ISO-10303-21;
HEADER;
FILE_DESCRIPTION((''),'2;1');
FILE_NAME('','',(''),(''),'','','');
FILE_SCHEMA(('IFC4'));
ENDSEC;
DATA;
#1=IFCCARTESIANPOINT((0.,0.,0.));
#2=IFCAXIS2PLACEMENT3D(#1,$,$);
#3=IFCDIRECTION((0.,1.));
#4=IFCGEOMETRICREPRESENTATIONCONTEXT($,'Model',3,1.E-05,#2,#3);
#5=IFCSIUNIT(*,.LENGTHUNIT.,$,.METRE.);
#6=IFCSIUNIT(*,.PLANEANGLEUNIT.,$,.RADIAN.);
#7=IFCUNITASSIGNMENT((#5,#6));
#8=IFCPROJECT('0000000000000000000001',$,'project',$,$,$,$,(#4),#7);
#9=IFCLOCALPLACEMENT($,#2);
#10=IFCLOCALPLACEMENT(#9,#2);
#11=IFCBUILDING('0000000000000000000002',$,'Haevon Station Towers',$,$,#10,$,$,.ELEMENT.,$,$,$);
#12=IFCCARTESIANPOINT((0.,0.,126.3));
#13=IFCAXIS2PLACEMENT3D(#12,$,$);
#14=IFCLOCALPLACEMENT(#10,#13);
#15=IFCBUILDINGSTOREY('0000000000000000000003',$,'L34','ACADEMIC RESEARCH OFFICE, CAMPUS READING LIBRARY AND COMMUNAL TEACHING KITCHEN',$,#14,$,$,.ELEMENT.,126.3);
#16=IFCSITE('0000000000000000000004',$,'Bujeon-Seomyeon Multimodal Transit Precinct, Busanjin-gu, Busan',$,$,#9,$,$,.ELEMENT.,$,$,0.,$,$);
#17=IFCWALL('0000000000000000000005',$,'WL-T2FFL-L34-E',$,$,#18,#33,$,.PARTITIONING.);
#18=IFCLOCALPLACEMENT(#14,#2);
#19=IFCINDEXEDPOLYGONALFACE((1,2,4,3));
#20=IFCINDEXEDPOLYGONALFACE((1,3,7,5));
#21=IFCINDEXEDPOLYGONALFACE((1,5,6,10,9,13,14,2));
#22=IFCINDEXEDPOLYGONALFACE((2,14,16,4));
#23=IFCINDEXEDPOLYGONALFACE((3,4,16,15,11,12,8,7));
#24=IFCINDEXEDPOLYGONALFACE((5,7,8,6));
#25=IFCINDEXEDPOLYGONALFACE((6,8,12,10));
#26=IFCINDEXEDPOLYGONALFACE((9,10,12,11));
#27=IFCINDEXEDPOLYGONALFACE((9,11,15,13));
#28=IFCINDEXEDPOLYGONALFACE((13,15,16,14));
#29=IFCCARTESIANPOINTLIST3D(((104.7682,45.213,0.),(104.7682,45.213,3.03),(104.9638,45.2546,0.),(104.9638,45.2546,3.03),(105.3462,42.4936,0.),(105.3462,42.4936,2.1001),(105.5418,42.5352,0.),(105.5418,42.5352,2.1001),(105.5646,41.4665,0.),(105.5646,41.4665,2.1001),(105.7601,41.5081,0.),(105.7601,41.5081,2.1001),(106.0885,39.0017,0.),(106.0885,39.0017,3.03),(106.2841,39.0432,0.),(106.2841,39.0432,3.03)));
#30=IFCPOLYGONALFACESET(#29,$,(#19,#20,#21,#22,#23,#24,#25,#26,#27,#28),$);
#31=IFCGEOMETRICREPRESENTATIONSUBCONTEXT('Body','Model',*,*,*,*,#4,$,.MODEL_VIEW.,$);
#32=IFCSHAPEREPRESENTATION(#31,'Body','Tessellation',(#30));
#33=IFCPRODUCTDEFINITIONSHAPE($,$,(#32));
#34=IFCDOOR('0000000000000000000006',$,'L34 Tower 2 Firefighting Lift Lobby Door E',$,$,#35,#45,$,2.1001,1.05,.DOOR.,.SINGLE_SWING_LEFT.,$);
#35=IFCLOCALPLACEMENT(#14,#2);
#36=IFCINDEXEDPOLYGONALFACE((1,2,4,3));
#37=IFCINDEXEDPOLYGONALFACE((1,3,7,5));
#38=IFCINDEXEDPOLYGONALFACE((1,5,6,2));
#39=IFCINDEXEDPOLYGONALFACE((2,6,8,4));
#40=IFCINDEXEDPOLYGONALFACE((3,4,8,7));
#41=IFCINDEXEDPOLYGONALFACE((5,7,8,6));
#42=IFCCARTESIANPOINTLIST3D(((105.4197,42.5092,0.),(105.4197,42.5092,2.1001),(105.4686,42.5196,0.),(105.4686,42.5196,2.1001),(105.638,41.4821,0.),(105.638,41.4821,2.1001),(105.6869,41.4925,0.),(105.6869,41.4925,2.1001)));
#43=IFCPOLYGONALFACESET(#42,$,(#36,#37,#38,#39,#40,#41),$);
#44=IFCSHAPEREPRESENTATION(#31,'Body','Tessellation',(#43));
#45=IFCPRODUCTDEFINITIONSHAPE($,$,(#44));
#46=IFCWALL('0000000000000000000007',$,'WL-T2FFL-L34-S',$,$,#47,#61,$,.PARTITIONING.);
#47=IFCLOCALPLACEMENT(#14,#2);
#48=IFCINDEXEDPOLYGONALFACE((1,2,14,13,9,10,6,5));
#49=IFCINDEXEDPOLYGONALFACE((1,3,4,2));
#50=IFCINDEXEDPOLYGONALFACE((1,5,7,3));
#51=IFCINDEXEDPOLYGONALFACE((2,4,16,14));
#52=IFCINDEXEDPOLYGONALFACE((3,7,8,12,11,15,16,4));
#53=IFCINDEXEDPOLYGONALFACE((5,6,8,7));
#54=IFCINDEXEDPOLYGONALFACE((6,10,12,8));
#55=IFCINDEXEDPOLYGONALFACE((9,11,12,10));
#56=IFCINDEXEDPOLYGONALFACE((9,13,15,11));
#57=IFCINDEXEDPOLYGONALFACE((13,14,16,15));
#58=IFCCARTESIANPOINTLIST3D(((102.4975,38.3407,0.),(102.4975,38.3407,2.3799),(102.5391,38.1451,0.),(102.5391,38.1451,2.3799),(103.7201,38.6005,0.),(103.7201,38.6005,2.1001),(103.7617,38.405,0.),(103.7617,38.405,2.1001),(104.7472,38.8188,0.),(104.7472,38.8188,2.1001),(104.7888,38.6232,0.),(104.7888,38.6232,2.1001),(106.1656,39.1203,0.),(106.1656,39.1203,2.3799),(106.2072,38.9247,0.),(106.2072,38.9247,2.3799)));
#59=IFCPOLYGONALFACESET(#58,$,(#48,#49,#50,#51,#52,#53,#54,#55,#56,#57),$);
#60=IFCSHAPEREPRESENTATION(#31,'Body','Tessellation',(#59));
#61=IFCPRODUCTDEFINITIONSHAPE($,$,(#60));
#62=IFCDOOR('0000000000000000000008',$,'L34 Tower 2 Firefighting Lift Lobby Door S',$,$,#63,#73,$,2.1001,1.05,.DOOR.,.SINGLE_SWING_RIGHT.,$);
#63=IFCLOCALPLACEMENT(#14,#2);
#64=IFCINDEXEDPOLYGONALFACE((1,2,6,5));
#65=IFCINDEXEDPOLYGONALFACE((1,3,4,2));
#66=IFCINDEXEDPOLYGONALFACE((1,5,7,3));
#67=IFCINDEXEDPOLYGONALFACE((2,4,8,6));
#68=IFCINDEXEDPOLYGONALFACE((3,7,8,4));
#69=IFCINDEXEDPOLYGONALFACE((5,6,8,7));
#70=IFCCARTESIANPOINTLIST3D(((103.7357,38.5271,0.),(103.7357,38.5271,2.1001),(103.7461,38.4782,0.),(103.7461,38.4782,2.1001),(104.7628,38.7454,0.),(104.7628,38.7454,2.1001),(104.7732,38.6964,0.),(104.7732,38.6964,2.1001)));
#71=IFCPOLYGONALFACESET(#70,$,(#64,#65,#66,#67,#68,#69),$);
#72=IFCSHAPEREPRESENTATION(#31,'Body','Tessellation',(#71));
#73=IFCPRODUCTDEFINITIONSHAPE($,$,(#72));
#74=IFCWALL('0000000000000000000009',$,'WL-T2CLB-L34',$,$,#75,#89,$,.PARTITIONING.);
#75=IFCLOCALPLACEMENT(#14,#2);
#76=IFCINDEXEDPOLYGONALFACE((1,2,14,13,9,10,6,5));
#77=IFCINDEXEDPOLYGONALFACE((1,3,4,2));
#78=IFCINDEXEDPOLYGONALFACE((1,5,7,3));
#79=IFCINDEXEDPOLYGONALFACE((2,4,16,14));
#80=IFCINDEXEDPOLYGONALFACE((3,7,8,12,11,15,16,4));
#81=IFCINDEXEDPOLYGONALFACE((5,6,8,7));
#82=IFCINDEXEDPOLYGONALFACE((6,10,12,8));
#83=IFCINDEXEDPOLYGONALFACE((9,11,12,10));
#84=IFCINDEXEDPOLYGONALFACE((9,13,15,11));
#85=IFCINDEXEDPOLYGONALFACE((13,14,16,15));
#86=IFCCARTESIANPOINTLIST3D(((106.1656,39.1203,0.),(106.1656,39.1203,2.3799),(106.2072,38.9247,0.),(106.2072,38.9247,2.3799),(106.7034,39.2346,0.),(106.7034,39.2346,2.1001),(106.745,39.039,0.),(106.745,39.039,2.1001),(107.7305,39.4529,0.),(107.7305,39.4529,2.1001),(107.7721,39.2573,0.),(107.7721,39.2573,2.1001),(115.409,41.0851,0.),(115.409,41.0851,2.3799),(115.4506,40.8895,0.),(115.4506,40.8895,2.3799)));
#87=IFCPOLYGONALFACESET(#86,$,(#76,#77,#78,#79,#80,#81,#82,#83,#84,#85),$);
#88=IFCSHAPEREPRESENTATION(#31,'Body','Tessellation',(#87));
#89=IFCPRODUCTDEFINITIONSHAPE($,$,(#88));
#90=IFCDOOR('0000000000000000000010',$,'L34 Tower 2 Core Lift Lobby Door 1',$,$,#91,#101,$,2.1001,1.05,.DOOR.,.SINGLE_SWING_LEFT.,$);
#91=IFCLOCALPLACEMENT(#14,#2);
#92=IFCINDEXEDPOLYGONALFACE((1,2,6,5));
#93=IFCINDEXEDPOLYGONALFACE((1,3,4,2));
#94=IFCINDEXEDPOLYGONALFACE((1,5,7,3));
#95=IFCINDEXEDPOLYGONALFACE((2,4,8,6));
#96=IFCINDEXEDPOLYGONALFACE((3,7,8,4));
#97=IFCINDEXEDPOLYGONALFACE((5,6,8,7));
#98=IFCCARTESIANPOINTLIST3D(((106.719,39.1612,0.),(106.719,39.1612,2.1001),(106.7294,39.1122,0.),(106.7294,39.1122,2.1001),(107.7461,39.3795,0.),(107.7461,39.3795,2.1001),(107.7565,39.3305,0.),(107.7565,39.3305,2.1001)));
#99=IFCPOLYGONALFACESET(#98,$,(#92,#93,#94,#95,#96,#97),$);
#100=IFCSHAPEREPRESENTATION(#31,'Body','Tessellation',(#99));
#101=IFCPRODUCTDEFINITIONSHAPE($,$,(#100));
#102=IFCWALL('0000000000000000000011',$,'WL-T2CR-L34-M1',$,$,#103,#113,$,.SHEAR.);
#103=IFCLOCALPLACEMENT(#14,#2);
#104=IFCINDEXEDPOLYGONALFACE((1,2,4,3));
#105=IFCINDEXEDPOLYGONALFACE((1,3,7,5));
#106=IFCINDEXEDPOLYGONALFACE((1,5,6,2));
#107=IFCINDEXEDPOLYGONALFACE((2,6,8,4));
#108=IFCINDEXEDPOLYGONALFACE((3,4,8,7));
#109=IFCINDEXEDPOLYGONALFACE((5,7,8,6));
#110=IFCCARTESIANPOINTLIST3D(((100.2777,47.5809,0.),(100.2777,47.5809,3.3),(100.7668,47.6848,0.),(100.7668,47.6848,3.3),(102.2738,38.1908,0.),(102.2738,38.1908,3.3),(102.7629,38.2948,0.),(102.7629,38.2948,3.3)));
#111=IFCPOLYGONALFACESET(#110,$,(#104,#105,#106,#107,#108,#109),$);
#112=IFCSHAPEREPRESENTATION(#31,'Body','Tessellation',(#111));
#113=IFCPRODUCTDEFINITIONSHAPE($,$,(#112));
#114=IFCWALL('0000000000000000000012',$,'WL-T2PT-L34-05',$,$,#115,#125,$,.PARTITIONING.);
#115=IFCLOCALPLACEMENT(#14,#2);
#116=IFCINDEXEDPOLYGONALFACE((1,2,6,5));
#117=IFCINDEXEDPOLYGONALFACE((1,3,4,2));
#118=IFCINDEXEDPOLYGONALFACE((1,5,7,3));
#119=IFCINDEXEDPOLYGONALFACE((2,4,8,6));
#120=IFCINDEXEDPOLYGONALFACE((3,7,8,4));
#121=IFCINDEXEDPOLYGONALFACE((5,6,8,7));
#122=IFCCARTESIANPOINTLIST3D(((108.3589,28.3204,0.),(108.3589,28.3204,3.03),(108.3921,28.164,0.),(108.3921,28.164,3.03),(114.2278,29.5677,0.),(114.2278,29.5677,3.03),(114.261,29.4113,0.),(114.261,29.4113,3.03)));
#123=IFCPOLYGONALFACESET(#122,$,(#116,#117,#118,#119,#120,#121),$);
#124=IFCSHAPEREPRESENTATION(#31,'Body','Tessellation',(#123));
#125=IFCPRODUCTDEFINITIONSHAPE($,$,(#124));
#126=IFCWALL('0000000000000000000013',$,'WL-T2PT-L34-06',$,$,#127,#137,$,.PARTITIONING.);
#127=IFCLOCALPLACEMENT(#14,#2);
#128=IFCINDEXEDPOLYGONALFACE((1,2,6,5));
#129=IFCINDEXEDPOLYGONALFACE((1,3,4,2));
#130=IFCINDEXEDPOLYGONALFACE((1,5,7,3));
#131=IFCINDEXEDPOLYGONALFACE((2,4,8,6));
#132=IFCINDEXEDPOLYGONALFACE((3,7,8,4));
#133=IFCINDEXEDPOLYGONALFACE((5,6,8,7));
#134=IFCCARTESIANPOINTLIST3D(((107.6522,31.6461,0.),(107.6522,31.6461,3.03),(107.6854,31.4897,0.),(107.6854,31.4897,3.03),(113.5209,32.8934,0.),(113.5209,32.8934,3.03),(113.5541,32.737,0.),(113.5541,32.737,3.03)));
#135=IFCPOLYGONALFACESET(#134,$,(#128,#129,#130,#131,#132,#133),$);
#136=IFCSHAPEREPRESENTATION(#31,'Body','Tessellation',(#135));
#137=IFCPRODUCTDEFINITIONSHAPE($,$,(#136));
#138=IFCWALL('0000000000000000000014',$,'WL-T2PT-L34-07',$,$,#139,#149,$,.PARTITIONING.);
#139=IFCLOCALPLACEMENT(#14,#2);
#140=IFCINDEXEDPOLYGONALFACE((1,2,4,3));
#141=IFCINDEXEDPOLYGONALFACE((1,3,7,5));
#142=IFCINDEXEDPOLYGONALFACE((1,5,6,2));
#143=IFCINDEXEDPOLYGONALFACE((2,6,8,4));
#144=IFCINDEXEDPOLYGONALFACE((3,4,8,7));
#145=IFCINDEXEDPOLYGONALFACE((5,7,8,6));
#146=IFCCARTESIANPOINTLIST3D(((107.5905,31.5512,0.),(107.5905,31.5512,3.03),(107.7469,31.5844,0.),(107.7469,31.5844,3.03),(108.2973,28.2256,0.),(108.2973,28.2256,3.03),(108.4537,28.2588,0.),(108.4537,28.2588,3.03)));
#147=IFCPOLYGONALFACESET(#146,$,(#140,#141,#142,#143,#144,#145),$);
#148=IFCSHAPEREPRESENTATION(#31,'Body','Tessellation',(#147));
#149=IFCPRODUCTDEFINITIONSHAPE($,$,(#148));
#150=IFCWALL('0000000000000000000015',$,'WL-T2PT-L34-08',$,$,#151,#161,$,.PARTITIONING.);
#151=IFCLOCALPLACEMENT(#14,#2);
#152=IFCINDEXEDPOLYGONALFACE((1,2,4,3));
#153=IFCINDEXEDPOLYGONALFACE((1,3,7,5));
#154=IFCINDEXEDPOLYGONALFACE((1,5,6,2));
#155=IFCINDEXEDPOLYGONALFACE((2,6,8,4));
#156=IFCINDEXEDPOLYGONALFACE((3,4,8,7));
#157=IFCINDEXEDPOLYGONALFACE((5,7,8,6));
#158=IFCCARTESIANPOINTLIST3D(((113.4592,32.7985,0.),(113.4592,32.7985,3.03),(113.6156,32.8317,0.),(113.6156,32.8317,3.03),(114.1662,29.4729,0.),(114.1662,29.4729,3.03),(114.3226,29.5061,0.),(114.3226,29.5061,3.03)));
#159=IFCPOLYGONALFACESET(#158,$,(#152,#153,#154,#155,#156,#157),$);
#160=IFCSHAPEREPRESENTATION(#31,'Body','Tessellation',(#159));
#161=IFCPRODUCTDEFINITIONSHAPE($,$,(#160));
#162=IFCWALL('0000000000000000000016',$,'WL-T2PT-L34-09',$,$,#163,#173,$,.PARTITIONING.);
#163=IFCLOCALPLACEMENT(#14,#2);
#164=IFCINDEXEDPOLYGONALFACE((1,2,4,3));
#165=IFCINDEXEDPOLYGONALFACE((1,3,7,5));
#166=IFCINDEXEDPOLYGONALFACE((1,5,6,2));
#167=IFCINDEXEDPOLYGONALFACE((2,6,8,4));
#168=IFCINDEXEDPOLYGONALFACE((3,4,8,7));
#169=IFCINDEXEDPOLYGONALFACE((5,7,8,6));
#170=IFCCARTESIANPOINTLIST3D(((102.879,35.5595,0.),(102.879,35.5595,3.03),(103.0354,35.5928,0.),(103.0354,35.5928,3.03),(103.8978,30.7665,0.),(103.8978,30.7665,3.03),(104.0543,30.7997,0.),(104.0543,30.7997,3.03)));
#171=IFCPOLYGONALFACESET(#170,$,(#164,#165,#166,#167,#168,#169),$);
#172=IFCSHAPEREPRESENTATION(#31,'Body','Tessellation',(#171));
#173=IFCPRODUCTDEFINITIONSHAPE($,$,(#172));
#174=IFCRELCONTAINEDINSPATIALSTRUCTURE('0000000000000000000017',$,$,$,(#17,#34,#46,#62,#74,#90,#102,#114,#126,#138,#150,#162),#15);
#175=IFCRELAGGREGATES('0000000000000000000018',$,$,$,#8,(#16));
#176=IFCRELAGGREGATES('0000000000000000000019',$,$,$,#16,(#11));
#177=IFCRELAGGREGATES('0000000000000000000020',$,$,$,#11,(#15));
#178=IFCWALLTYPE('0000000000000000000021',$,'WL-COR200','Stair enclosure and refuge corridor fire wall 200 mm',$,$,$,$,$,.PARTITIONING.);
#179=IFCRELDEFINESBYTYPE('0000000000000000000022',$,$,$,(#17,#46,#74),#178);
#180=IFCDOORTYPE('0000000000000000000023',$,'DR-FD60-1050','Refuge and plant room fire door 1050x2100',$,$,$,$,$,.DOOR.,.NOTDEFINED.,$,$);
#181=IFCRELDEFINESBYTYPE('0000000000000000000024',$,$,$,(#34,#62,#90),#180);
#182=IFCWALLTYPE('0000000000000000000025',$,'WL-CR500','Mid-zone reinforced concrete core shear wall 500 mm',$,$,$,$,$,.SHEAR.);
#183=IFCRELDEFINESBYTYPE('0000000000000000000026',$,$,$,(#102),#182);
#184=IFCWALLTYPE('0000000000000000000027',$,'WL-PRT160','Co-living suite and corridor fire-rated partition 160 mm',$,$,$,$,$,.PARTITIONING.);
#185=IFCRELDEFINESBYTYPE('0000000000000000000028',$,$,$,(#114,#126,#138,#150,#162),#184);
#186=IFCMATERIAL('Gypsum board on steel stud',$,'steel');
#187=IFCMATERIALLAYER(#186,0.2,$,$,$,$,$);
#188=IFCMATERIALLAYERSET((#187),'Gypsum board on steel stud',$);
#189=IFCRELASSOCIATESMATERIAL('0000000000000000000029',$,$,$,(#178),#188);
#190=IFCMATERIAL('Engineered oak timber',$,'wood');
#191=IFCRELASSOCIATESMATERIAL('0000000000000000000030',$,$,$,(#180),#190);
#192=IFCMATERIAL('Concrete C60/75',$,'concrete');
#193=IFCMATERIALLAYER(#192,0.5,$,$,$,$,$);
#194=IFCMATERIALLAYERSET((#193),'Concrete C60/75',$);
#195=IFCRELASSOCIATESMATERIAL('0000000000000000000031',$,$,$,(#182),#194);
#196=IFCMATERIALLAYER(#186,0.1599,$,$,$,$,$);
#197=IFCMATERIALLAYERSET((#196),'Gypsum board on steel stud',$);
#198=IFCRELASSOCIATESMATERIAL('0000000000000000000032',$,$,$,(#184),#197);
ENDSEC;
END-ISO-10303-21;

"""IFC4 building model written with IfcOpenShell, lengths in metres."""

from ifc_helpers import new_model, si_unit, direction, frame, frame_2d, origin, place, context, subcontext, project, spatial, rectangle, extrude, material, layer, layer_set, type_object, element, fill, save


model = new_model("IFC4")

# Units and contexts
model_context = context("Model", 3, precision=1e-05, world=origin(), true_north=direction((0.0, 1.0)))
body_context = subcontext(model_context, "Body", "Model", "MODEL_VIEW")
ifc_project = project(units=[si_unit("LENGTHUNIT", "METRE"), si_unit("PLANEANGLEUNIT", "RADIAN")], contexts=[model_context])

# Site, building, storey
site_placement = place(None, origin())
site = spatial("IfcSite", under=ifc_project, at=site_placement, Name="Bujeon-Seomyeon Multimodal Transit Precinct, Busanjin-gu, Busan", CompositionType="ELEMENT", RefElevation=0.0)
building_placement = place(site_placement, origin())
building = spatial("IfcBuilding", under=site, at=building_placement, Name="Haevon Station Towers", CompositionType="ELEMENT")
storey_placement = place(building_placement, frame((0.0, 0.0, 126.3)))
storey = spatial("IfcBuildingStorey", under=building, at=storey_placement, Name="L34", Description="ACADEMIC RESEARCH OFFICE, CAMPUS READING LIBRARY AND COMMUNAL TEACHING KITCHEN", CompositionType="ELEMENT", Elevation=126.3)

# Walls, openings, doors
ifc_material_1 = material(Name="Gypsum board on steel stud", Category="steel")
ifc_layer_1 = layer(ifc_material_1, 0.2)
ifc_layer_set_1 = layer_set([ifc_layer_1], Name="Gypsum board on steel stud")
wall_type_1 = type_object("IfcWallType", Name="WL-COR200", Description="Stair enclosure and refuge corridor fire wall 200 mm", PredefinedType="PARTITIONING", material=ifc_layer_set_1)
wall_1_placement = place(storey_placement, frame((106.1863, 39.0225, 0.0), z_axis=(0.0, 0.0, 1.0), x_axis=(-0.207917, 0.978147, 0.0)))
wall_1 = element("IfcWall", 1, at=wall_1_placement, inside=storey, type_object=wall_type_1, Name="WL-T2FFL-L34-E", PredefinedType="PARTITIONING", context=body_context, shape_type="SweptSolid", body=[
    extrude(rectangle(XDim=6.3501, YDim=0.2, at=frame_2d((3.175, 0.0))), origin(), (0.0, 0.0, 1.0), 3.03),
])
opening_1_placement = place(wall_1_placement, frame((2.52, 0.0, 0.0)))
opening_1 = element("IfcOpeningElement", 2, at=opening_1_placement, cuts=wall_1, PredefinedType="OPENING", context=body_context, shape_type="SweptSolid", body=[
    extrude(rectangle(XDim=1.05, YDim=2.1001, at=frame_2d((0.5249, 1.05))), frame((0.0, 0.1099, 0.0), z_axis=(0.0, -1.0, 0.0), x_axis=(1.0, 0.0, 0.0)), (0.0, 0.0, 1.0), 0.22),
])
ifc_material_2 = material(Name="Engineered oak timber", Category="wood")
door_type = type_object("IfcDoorType", Name="DR-FD60-1050", Description="Refuge and plant room fire door 1050x2100", OperationType="NOTDEFINED", PredefinedType="DOOR", material=ifc_material_2)
door_1_placement = place(opening_1_placement, origin())
door_1 = element("IfcDoor", 3, at=door_1_placement, inside=storey, type_object=door_type, Name="L34 Tower 2 Firefighting Lift Lobby Door E", OperationType="SINGLE_SWING_LEFT", OverallHeight=2.1001, OverallWidth=1.05, PredefinedType="DOOR", context=body_context, shape_type="SweptSolid", body=[
    extrude(rectangle(XDim=1.05, YDim=2.1001, at=frame_2d((0.5249, 1.05))), frame((0.0, 0.0249, 0.0), z_axis=(0.0, -1.0, 0.0), x_axis=(1.0, 0.0, 0.0)), (0.0, 0.0, 1.0), 0.05),
])
fill(opening_1, door_1)
wall_2_placement = place(storey_placement, frame((102.5183, 38.2429, 0.0), z_axis=(0.0, 0.0, 1.0), x_axis=(0.978154, 0.207884, 0.0)))
wall_2 = element("IfcWall", 4, at=wall_2_placement, inside=storey, type_object=wall_type_1, Name="WL-T2FFL-L34-S", PredefinedType="PARTITIONING", context=body_context, shape_type="SweptSolid", body=[
    extrude(rectangle(XDim=3.75, YDim=0.2, at=frame_2d((1.875, 0.0))), origin(), (0.0, 0.0, 1.0), 2.3799),
])
opening_2_placement = place(wall_2_placement, frame((1.25, 0.0, 0.0)))
opening_2 = element("IfcOpeningElement", 5, at=opening_2_placement, cuts=wall_2, PredefinedType="OPENING", context=body_context, shape_type="SweptSolid", body=[
    extrude(rectangle(XDim=1.05, YDim=2.1001, at=frame_2d((0.5249, 1.05))), frame((0.0, 0.1099, 0.0), z_axis=(0.0, -1.0, 0.0), x_axis=(1.0, 0.0, 0.0)), (0.0, 0.0, 1.0), 0.22),
])
door_2_placement = place(opening_2_placement, origin())
door_2 = element("IfcDoor", 6, at=door_2_placement, inside=storey, type_object=door_type, Name="L34 Tower 2 Firefighting Lift Lobby Door S", OperationType="SINGLE_SWING_RIGHT", OverallHeight=2.1001, OverallWidth=1.05, PredefinedType="DOOR", context=body_context, shape_type="SweptSolid", body=[
    extrude(rectangle(XDim=1.05, YDim=2.1001, at=frame_2d((0.5249, 1.05))), frame((0.0, 0.0249, 0.0), z_axis=(0.0, -1.0, 0.0), x_axis=(1.0, 0.0, 0.0)), (0.0, 0.0, 1.0), 0.05),
])
fill(opening_2, door_2)
wall_3_placement = place(storey_placement, frame((106.1863, 39.0225, 0.0), z_axis=(0.0, 0.0, 1.0), x_axis=(0.978146, 0.207921, 0.0)))
wall_3 = element("IfcWall", 7, at=wall_3_placement, inside=storey, type_object=wall_type_1, Name="WL-T2CLB-L34", PredefinedType="PARTITIONING", context=body_context, shape_type="SweptSolid", body=[
    extrude(rectangle(XDim=9.45, YDim=0.2, at=frame_2d((4.7251, 0.0))), origin(), (0.0, 0.0, 1.0), 2.3799),
])
opening_3_placement = place(wall_3_placement, frame((0.55, 0.0, 0.0)))
opening_3 = element("IfcOpeningElement", 8, at=opening_3_placement, cuts=wall_3, PredefinedType="OPENING", context=body_context, shape_type="SweptSolid", body=[
    extrude(rectangle(XDim=1.05, YDim=2.1001, at=frame_2d((0.5249, 1.05))), frame((0.0, 0.1099, 0.0), z_axis=(0.0, -1.0, 0.0), x_axis=(1.0, 0.0, 0.0)), (0.0, 0.0, 1.0), 0.22),
])
door_3_placement = place(opening_3_placement, origin())
door_3 = element("IfcDoor", 9, at=door_3_placement, inside=storey, type_object=door_type, Name="L34 Tower 2 Core Lift Lobby Door 1", OperationType="SINGLE_SWING_LEFT", OverallHeight=2.1001, OverallWidth=1.05, PredefinedType="DOOR", context=body_context, shape_type="SweptSolid", body=[
    extrude(rectangle(XDim=1.05, YDim=2.1001, at=frame_2d((0.5249, 1.05))), frame((0.0, 0.0249, 0.0), z_axis=(0.0, -1.0, 0.0), x_axis=(1.0, 0.0, 0.0)), (0.0, 0.0, 1.0), 0.05),
])
fill(opening_3, door_3)

# Walls
ifc_material_3 = material(Name="Concrete C60/75", Category="concrete")
ifc_layer_2 = layer(ifc_material_3, 0.5)
ifc_layer_set_2 = layer_set([ifc_layer_2], Name="Concrete C60/75")
wall_type_2 = type_object("IfcWallType", Name="WL-CR500", Description="Mid-zone reinforced concrete core shear wall 500 mm", PredefinedType="SHEAR", material=ifc_layer_set_2)
wall_4_placement = place(storey_placement, frame((102.5183, 38.2429, 0.0), z_axis=(0.0, 0.0, 1.0), x_axis=(-0.207927, 0.978144, 0.0)))
element("IfcWall", 10, at=wall_4_placement, inside=storey, type_object=wall_type_2, Name="WL-T2CR-L34-M1", PredefinedType="SHEAR", context=body_context, shape_type="SweptSolid", body=[
    extrude(rectangle(XDim=9.5999, YDim=0.5, at=frame_2d((4.7998, 0.0))), origin(), (0.0, 0.0, 1.0), 3.3),
])
ifc_layer_3 = layer(ifc_material_1, 0.1599)
ifc_layer_set_3 = layer_set([ifc_layer_3], Name="Gypsum board on steel stud")
wall_type_3 = type_object("IfcWallType", Name="WL-PRT160", Description="Co-living suite and corridor fire-rated partition 160 mm", PredefinedType="PARTITIONING", material=ifc_layer_set_3)
wall_5_placement = place(storey_placement, frame((108.3755, 28.2422, 0.0), z_axis=(0.0, 0.0, 1.0), x_axis=(0.978153, 0.207886, 0.0)))
element("IfcWall", 11, at=wall_5_placement, inside=storey, type_object=wall_type_3, Name="WL-T2PT-L34-05", PredefinedType="PARTITIONING", context=body_context, shape_type="SweptSolid", body=[
    extrude(rectangle(XDim=6.0, YDim=0.1599, at=frame_2d((3.0, 0.0))), origin(), (0.0, 0.0, 1.0), 3.03),
])
wall_6_placement = place(storey_placement, frame((107.6687, 31.5679, 0.0), z_axis=(0.0, 0.0, 1.0), x_axis=(0.978151, 0.207895, 0.0)))
element("IfcWall", 12, at=wall_6_placement, inside=storey, type_object=wall_type_3, Name="WL-T2PT-L34-06", PredefinedType="PARTITIONING", context=body_context, shape_type="SweptSolid", body=[
    extrude(rectangle(XDim=5.9998, YDim=0.1599, at=frame_2d((3.0, 0.0))), origin(), (0.0, 0.0, 1.0), 3.03),
])
for number, where, z_axis, x_axis, name in (
    (13, (108.3755, 28.2422, 0.0), (0.0, 0.0, 1.0), (-0.207881, 0.978154, 0.0), "WL-T2PT-L34-07"),
    (14, (114.2444, 29.4895, 0.0), (0.0, 0.0, 1.0), (-0.20795, 0.97814, 0.0), "WL-T2PT-L34-08"),
):
    element("IfcWall", number, at=place(storey_placement, frame(where, z_axis=z_axis, x_axis=x_axis)), inside=storey, type_object=wall_type_3, Name=name, PredefinedType="PARTITIONING", context=body_context, shape_type="SweptSolid", body=[
        extrude(rectangle(XDim=3.3999, YDim=0.1599, at=frame_2d((1.7, 0.0))), origin(), (0.0, 0.0, 1.0), 3.03),
    ])
wall_7_placement = place(storey_placement, frame((103.9761, 30.783, 0.0), z_axis=(0.0, 0.0, 1.0), x_axis=(-0.207916, 0.978147, 0.0)))
element("IfcWall", 15, at=wall_7_placement, inside=storey, type_object=wall_type_3, Name="WL-T2PT-L34-09", PredefinedType="PARTITIONING", context=body_context, shape_type="SweptSolid", body=[
    extrude(rectangle(XDim=4.9001, YDim=0.1599, at=frame_2d((2.4502, 0.0))), origin(), (0.0, 0.0, 1.0), 3.03),
])

save(model, "model.ifc")
